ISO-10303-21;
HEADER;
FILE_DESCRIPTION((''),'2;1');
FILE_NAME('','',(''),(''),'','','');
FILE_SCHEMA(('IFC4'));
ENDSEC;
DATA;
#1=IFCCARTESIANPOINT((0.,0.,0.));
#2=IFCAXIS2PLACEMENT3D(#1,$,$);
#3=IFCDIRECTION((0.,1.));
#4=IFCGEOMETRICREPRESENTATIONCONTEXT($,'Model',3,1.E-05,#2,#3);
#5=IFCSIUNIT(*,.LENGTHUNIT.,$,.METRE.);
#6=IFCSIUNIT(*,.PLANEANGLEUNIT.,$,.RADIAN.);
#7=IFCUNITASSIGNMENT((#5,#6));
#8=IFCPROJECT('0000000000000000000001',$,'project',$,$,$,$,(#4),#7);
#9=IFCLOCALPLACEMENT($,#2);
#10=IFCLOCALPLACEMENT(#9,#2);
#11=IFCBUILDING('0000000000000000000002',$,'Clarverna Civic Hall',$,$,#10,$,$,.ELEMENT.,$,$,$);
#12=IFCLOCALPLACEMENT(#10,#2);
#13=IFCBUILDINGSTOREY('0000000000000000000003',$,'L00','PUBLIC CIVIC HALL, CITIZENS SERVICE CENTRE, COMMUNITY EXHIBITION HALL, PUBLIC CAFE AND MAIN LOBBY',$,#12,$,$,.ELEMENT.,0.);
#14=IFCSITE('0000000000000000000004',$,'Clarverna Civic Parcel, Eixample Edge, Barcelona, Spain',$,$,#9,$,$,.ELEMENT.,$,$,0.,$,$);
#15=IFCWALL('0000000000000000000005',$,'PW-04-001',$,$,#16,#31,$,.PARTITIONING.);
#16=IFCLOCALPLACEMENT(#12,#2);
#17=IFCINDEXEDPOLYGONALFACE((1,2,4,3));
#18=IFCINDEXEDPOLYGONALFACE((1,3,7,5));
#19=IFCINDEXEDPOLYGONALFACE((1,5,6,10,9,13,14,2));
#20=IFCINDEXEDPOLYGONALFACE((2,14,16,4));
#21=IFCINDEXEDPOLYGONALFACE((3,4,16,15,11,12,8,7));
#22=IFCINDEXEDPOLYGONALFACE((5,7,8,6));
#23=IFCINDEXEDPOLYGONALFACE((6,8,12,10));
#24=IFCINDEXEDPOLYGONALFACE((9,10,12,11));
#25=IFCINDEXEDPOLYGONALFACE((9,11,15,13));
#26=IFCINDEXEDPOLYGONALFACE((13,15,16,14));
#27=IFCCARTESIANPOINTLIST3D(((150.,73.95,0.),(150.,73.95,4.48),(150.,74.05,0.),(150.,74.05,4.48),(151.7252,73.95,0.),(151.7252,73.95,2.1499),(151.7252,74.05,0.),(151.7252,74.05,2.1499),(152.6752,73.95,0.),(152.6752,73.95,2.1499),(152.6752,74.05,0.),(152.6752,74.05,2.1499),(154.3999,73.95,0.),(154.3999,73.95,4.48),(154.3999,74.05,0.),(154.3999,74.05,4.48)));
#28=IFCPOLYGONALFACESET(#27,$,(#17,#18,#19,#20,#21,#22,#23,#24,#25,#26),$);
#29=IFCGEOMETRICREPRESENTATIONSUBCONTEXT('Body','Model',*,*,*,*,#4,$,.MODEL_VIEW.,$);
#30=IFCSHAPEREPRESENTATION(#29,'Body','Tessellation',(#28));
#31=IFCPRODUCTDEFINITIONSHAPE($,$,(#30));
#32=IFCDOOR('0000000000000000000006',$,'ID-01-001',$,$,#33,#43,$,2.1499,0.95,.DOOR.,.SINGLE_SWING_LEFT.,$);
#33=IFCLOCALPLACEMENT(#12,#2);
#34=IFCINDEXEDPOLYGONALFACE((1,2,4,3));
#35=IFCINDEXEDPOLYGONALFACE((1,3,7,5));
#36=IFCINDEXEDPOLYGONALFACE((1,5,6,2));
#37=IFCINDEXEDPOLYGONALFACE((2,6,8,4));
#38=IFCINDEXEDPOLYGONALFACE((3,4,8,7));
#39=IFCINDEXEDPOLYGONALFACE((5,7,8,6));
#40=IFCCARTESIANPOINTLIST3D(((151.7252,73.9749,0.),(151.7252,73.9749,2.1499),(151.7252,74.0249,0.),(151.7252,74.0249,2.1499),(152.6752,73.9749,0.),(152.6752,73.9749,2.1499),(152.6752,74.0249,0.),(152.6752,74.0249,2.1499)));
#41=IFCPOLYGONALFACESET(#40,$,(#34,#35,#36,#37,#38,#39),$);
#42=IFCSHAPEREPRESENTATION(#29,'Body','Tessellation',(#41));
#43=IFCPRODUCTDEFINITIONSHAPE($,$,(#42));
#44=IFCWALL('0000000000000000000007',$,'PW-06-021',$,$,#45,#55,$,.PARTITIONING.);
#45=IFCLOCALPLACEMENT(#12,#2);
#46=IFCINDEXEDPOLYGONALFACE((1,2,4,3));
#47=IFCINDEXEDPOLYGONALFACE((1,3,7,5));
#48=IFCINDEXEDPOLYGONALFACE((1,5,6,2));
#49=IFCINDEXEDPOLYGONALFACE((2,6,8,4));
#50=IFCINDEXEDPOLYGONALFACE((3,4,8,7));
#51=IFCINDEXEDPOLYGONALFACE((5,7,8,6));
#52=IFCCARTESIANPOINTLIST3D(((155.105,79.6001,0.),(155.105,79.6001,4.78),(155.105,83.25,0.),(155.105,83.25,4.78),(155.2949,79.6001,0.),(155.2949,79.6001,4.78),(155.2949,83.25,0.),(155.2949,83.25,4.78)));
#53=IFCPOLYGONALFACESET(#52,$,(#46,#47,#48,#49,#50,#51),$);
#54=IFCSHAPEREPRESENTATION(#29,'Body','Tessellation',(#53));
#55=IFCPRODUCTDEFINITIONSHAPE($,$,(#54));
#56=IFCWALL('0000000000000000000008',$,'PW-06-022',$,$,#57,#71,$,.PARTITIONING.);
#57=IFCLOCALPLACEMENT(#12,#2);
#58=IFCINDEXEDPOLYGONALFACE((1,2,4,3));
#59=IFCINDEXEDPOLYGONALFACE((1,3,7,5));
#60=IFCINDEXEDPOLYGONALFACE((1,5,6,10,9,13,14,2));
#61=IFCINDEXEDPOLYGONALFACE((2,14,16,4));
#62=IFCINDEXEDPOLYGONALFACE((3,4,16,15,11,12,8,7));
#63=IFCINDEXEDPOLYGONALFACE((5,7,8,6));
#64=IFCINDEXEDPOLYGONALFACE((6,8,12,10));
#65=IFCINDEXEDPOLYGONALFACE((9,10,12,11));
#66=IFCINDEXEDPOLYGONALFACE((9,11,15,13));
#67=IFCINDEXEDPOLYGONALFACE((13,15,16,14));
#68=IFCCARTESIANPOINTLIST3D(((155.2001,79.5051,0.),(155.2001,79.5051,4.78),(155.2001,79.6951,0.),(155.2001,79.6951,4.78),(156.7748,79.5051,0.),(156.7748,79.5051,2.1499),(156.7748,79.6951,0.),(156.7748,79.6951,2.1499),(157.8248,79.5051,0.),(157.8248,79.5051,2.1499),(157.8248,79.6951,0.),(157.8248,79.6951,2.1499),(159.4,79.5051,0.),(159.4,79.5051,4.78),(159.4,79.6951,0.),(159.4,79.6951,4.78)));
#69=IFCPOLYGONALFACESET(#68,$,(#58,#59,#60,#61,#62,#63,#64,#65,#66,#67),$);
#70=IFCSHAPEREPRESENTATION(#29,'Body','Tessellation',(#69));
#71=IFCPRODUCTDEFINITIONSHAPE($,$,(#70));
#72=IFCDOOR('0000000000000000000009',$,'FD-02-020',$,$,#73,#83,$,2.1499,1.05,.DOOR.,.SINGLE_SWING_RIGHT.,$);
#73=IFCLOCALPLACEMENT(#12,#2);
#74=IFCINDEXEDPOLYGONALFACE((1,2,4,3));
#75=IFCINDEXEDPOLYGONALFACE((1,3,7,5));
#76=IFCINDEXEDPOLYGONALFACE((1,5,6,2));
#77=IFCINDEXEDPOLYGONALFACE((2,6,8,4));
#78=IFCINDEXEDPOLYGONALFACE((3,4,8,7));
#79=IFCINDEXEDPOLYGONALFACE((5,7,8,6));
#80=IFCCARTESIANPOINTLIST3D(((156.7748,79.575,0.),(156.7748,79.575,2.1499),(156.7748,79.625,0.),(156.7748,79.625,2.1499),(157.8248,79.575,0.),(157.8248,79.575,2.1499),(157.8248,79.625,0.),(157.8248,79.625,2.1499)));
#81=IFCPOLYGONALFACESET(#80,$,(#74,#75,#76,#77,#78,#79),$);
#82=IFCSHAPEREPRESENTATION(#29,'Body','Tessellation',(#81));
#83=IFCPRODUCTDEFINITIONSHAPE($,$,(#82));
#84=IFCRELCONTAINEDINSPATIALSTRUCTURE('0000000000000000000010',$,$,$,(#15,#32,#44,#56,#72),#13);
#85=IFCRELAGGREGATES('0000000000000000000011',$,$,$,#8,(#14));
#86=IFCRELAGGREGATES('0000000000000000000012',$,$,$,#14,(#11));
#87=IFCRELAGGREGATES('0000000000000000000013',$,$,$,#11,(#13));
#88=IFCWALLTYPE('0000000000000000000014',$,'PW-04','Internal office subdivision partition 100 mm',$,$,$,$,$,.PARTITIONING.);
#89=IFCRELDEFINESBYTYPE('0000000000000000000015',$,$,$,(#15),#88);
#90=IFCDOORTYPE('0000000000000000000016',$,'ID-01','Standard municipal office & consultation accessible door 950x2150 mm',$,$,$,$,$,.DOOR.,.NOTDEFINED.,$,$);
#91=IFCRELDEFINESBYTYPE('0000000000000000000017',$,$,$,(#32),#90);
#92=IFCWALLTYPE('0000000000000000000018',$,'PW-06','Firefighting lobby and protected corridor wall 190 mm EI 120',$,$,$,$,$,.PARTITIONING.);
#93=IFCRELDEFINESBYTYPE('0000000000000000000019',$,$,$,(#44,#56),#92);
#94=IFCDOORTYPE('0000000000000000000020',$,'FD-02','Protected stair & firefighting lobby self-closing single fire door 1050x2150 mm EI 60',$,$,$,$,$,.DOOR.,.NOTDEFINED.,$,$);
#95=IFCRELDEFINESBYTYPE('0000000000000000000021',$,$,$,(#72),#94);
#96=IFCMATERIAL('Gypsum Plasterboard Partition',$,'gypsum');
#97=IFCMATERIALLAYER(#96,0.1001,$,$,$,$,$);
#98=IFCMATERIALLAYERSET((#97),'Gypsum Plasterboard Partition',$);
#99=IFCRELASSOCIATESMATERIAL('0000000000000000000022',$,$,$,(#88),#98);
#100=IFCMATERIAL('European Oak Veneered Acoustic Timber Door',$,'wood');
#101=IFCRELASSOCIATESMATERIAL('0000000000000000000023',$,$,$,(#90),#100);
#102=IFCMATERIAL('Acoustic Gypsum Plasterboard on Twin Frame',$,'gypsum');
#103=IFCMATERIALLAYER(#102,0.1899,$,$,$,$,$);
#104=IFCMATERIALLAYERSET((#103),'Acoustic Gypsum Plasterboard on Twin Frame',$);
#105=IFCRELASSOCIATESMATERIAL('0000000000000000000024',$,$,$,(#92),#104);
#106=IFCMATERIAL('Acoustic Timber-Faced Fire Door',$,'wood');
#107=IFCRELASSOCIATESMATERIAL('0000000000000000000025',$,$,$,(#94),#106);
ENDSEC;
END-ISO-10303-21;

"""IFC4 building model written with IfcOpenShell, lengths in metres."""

from ifc_helpers import new_model, si_unit, direction, frame, frame_2d, origin, place, context, subcontext, project, spatial, rectangle, extrude, material, layer, layer_set, type_object, element, fill, save


model = new_model("IFC4")

# Units and contexts
model_context = context("Model", 3, precision=1e-05, world=origin(), true_north=direction((0.0, 1.0)))
body_context = subcontext(model_context, "Body", "Model", "MODEL_VIEW")
ifc_project = project(units=[si_unit("LENGTHUNIT", "METRE"), si_unit("PLANEANGLEUNIT", "RADIAN")], contexts=[model_context])

# Site, building, storey
site_placement = place(None, origin())
site = spatial("IfcSite", under=ifc_project, at=site_placement, Name="Clarverna Civic Parcel, Eixample Edge, Barcelona, Spain", CompositionType="ELEMENT", RefElevation=0.0)
building_placement = place(site_placement, origin())
building = spatial("IfcBuilding", under=site, at=building_placement, Name="Clarverna Civic Hall", CompositionType="ELEMENT")
storey_placement = place(building_placement, origin())
storey = spatial("IfcBuildingStorey", under=building, at=storey_placement, Name="L00", Description="PUBLIC CIVIC HALL, CITIZENS SERVICE CENTRE, COMMUNITY EXHIBITION HALL, PUBLIC CAFE AND MAIN LOBBY", CompositionType="ELEMENT", Elevation=0.0)

# Wall, opening, door
ifc_material_1 = material(Name="Gypsum Plasterboard Partition", Category="gypsum")
ifc_layer_1 = layer(ifc_material_1, 0.1001)
ifc_layer_set_1 = layer_set([ifc_layer_1], Name="Gypsum Plasterboard Partition")
wall_type_1 = type_object("IfcWallType", Name="PW-04", Description="Internal office subdivision partition 100 mm", PredefinedType="PARTITIONING", material=ifc_layer_set_1)
wall_1_placement = place(storey_placement, frame((150.0, 74.0, 0.0), z_axis=(0.0, 0.0, 1.0), x_axis=(1.0, 0.0, 0.0)))
wall_1 = element("IfcWall", 1, at=wall_1_placement, inside=storey, type_object=wall_type_1, Name="PW-04-001", PredefinedType="PARTITIONING", context=body_context, shape_type="SweptSolid", body=[
    extrude(rectangle(XDim=4.3999, YDim=0.1001, at=frame_2d((2.2, 0.0))), origin(), (0.0, 0.0, 1.0), 4.48),
])
opening_1_placement = place(wall_1_placement, frame((1.7251, 0.0, 0.0)))
opening_1 = element("IfcOpeningElement", 2, at=opening_1_placement, cuts=wall_1, PredefinedType="OPENING", context=body_context, shape_type="SweptSolid", body=[
    extrude(rectangle(XDim=0.95, YDim=2.1499, at=frame_2d((0.4751, 1.075))), frame((0.0, 0.0601, 0.0), z_axis=(0.0, -1.0, 0.0), x_axis=(1.0, 0.0, 0.0)), (0.0, 0.0, 1.0), 0.1201),
])
ifc_material_2 = material(Name="European Oak Veneered Acoustic Timber Door", Category="wood")
door_type_1 = type_object("IfcDoorType", Name="ID-01", Description="Standard municipal office & consultation accessible door 950x2150 mm", OperationType="NOTDEFINED", PredefinedType="DOOR", material=ifc_material_2)
door_1_placement = place(opening_1_placement, origin())
door_1 = element("IfcDoor", 3, at=door_1_placement, inside=storey, type_object=door_type_1, Name="ID-01-001", OperationType="SINGLE_SWING_LEFT", OverallHeight=2.1499, OverallWidth=0.95, PredefinedType="DOOR", context=body_context, shape_type="SweptSolid", body=[
    extrude(rectangle(XDim=0.95, YDim=2.1499, at=frame_2d((0.4751, 1.075))), frame((0.0, 0.0249, 0.0), z_axis=(0.0, -1.0, 0.0), x_axis=(1.0, 0.0, 0.0)), (0.0, 0.0, 1.0), 0.05),
])
fill(opening_1, door_1)

# Wall
ifc_material_3 = material(Name="Acoustic Gypsum Plasterboard on Twin Frame", Category="gypsum")
ifc_layer_2 = layer(ifc_material_3, 0.1899)
ifc_layer_set_2 = layer_set([ifc_layer_2], Name="Acoustic Gypsum Plasterboard on Twin Frame")
wall_type_2 = type_object("IfcWallType", Name="PW-06", Description="Firefighting lobby and protected corridor wall 190 mm EI 120", PredefinedType="PARTITIONING", material=ifc_layer_set_2)
wall_2_placement = place(storey_placement, frame((155.2, 79.6001, 0.0), z_axis=(0.0, 0.0, 1.0), x_axis=(0.0, 1.0, 0.0)))
element("IfcWall", 4, at=wall_2_placement, inside=storey, type_object=wall_type_2, Name="PW-06-021", PredefinedType="PARTITIONING", context=body_context, shape_type="SweptSolid", body=[
    extrude(rectangle(XDim=3.6499, YDim=0.1899, at=frame_2d((1.825, 0.0))), origin(), (0.0, 0.0, 1.0), 4.78),
])

# Wall, opening, door
wall_3_placement = place(storey_placement, frame((155.2, 79.6001, 0.0), z_axis=(0.0, 0.0, 1.0), x_axis=(1.0, 0.0, 0.0)))
wall_3 = element("IfcWall", 5, at=wall_3_placement, inside=storey, type_object=wall_type_2, Name="PW-06-022", PredefinedType="PARTITIONING", context=body_context, shape_type="SweptSolid", body=[
    extrude(rectangle(XDim=4.2, YDim=0.1899, at=frame_2d((2.1001, 0.0))), origin(), (0.0, 0.0, 1.0), 4.78),
])
opening_2_placement = place(wall_3_placement, frame((1.575, 0.0, 0.0)))
opening_2 = element("IfcOpeningElement", 6, at=opening_2_placement, cuts=wall_3, PredefinedType="OPENING", context=body_context, shape_type="SweptSolid", body=[
    extrude(rectangle(XDim=1.05, YDim=2.1499, at=frame_2d((0.5249, 1.075))), frame((0.0, 0.105, 0.0), z_axis=(0.0, -1.0, 0.0), x_axis=(1.0, 0.0, 0.0)), (0.0, 0.0, 1.0), 0.21),
])
ifc_material_4 = material(Name="Acoustic Timber-Faced Fire Door", Category="wood")
door_type_2 = type_object("IfcDoorType", Name="FD-02", Description="Protected stair & firefighting lobby self-closing single fire door 1050x2150 mm EI 60", OperationType="NOTDEFINED", PredefinedType="DOOR", material=ifc_material_4)
door_2_placement = place(opening_2_placement, origin())
door_2 = element("IfcDoor", 7, at=door_2_placement, inside=storey, type_object=door_type_2, Name="FD-02-020", OperationType="SINGLE_SWING_RIGHT", OverallHeight=2.1499, OverallWidth=1.05, PredefinedType="DOOR", context=body_context, shape_type="SweptSolid", body=[
    extrude(rectangle(XDim=1.05, YDim=2.1499, at=frame_2d((0.5249, 1.075))), frame((0.0, 0.0249, 0.0), z_axis=(0.0, -1.0, 0.0), x_axis=(1.0, 0.0, 0.0)), (0.0, 0.0, 1.0), 0.05),
])
fill(opening_2, door_2)

save(model, "model.ifc")
